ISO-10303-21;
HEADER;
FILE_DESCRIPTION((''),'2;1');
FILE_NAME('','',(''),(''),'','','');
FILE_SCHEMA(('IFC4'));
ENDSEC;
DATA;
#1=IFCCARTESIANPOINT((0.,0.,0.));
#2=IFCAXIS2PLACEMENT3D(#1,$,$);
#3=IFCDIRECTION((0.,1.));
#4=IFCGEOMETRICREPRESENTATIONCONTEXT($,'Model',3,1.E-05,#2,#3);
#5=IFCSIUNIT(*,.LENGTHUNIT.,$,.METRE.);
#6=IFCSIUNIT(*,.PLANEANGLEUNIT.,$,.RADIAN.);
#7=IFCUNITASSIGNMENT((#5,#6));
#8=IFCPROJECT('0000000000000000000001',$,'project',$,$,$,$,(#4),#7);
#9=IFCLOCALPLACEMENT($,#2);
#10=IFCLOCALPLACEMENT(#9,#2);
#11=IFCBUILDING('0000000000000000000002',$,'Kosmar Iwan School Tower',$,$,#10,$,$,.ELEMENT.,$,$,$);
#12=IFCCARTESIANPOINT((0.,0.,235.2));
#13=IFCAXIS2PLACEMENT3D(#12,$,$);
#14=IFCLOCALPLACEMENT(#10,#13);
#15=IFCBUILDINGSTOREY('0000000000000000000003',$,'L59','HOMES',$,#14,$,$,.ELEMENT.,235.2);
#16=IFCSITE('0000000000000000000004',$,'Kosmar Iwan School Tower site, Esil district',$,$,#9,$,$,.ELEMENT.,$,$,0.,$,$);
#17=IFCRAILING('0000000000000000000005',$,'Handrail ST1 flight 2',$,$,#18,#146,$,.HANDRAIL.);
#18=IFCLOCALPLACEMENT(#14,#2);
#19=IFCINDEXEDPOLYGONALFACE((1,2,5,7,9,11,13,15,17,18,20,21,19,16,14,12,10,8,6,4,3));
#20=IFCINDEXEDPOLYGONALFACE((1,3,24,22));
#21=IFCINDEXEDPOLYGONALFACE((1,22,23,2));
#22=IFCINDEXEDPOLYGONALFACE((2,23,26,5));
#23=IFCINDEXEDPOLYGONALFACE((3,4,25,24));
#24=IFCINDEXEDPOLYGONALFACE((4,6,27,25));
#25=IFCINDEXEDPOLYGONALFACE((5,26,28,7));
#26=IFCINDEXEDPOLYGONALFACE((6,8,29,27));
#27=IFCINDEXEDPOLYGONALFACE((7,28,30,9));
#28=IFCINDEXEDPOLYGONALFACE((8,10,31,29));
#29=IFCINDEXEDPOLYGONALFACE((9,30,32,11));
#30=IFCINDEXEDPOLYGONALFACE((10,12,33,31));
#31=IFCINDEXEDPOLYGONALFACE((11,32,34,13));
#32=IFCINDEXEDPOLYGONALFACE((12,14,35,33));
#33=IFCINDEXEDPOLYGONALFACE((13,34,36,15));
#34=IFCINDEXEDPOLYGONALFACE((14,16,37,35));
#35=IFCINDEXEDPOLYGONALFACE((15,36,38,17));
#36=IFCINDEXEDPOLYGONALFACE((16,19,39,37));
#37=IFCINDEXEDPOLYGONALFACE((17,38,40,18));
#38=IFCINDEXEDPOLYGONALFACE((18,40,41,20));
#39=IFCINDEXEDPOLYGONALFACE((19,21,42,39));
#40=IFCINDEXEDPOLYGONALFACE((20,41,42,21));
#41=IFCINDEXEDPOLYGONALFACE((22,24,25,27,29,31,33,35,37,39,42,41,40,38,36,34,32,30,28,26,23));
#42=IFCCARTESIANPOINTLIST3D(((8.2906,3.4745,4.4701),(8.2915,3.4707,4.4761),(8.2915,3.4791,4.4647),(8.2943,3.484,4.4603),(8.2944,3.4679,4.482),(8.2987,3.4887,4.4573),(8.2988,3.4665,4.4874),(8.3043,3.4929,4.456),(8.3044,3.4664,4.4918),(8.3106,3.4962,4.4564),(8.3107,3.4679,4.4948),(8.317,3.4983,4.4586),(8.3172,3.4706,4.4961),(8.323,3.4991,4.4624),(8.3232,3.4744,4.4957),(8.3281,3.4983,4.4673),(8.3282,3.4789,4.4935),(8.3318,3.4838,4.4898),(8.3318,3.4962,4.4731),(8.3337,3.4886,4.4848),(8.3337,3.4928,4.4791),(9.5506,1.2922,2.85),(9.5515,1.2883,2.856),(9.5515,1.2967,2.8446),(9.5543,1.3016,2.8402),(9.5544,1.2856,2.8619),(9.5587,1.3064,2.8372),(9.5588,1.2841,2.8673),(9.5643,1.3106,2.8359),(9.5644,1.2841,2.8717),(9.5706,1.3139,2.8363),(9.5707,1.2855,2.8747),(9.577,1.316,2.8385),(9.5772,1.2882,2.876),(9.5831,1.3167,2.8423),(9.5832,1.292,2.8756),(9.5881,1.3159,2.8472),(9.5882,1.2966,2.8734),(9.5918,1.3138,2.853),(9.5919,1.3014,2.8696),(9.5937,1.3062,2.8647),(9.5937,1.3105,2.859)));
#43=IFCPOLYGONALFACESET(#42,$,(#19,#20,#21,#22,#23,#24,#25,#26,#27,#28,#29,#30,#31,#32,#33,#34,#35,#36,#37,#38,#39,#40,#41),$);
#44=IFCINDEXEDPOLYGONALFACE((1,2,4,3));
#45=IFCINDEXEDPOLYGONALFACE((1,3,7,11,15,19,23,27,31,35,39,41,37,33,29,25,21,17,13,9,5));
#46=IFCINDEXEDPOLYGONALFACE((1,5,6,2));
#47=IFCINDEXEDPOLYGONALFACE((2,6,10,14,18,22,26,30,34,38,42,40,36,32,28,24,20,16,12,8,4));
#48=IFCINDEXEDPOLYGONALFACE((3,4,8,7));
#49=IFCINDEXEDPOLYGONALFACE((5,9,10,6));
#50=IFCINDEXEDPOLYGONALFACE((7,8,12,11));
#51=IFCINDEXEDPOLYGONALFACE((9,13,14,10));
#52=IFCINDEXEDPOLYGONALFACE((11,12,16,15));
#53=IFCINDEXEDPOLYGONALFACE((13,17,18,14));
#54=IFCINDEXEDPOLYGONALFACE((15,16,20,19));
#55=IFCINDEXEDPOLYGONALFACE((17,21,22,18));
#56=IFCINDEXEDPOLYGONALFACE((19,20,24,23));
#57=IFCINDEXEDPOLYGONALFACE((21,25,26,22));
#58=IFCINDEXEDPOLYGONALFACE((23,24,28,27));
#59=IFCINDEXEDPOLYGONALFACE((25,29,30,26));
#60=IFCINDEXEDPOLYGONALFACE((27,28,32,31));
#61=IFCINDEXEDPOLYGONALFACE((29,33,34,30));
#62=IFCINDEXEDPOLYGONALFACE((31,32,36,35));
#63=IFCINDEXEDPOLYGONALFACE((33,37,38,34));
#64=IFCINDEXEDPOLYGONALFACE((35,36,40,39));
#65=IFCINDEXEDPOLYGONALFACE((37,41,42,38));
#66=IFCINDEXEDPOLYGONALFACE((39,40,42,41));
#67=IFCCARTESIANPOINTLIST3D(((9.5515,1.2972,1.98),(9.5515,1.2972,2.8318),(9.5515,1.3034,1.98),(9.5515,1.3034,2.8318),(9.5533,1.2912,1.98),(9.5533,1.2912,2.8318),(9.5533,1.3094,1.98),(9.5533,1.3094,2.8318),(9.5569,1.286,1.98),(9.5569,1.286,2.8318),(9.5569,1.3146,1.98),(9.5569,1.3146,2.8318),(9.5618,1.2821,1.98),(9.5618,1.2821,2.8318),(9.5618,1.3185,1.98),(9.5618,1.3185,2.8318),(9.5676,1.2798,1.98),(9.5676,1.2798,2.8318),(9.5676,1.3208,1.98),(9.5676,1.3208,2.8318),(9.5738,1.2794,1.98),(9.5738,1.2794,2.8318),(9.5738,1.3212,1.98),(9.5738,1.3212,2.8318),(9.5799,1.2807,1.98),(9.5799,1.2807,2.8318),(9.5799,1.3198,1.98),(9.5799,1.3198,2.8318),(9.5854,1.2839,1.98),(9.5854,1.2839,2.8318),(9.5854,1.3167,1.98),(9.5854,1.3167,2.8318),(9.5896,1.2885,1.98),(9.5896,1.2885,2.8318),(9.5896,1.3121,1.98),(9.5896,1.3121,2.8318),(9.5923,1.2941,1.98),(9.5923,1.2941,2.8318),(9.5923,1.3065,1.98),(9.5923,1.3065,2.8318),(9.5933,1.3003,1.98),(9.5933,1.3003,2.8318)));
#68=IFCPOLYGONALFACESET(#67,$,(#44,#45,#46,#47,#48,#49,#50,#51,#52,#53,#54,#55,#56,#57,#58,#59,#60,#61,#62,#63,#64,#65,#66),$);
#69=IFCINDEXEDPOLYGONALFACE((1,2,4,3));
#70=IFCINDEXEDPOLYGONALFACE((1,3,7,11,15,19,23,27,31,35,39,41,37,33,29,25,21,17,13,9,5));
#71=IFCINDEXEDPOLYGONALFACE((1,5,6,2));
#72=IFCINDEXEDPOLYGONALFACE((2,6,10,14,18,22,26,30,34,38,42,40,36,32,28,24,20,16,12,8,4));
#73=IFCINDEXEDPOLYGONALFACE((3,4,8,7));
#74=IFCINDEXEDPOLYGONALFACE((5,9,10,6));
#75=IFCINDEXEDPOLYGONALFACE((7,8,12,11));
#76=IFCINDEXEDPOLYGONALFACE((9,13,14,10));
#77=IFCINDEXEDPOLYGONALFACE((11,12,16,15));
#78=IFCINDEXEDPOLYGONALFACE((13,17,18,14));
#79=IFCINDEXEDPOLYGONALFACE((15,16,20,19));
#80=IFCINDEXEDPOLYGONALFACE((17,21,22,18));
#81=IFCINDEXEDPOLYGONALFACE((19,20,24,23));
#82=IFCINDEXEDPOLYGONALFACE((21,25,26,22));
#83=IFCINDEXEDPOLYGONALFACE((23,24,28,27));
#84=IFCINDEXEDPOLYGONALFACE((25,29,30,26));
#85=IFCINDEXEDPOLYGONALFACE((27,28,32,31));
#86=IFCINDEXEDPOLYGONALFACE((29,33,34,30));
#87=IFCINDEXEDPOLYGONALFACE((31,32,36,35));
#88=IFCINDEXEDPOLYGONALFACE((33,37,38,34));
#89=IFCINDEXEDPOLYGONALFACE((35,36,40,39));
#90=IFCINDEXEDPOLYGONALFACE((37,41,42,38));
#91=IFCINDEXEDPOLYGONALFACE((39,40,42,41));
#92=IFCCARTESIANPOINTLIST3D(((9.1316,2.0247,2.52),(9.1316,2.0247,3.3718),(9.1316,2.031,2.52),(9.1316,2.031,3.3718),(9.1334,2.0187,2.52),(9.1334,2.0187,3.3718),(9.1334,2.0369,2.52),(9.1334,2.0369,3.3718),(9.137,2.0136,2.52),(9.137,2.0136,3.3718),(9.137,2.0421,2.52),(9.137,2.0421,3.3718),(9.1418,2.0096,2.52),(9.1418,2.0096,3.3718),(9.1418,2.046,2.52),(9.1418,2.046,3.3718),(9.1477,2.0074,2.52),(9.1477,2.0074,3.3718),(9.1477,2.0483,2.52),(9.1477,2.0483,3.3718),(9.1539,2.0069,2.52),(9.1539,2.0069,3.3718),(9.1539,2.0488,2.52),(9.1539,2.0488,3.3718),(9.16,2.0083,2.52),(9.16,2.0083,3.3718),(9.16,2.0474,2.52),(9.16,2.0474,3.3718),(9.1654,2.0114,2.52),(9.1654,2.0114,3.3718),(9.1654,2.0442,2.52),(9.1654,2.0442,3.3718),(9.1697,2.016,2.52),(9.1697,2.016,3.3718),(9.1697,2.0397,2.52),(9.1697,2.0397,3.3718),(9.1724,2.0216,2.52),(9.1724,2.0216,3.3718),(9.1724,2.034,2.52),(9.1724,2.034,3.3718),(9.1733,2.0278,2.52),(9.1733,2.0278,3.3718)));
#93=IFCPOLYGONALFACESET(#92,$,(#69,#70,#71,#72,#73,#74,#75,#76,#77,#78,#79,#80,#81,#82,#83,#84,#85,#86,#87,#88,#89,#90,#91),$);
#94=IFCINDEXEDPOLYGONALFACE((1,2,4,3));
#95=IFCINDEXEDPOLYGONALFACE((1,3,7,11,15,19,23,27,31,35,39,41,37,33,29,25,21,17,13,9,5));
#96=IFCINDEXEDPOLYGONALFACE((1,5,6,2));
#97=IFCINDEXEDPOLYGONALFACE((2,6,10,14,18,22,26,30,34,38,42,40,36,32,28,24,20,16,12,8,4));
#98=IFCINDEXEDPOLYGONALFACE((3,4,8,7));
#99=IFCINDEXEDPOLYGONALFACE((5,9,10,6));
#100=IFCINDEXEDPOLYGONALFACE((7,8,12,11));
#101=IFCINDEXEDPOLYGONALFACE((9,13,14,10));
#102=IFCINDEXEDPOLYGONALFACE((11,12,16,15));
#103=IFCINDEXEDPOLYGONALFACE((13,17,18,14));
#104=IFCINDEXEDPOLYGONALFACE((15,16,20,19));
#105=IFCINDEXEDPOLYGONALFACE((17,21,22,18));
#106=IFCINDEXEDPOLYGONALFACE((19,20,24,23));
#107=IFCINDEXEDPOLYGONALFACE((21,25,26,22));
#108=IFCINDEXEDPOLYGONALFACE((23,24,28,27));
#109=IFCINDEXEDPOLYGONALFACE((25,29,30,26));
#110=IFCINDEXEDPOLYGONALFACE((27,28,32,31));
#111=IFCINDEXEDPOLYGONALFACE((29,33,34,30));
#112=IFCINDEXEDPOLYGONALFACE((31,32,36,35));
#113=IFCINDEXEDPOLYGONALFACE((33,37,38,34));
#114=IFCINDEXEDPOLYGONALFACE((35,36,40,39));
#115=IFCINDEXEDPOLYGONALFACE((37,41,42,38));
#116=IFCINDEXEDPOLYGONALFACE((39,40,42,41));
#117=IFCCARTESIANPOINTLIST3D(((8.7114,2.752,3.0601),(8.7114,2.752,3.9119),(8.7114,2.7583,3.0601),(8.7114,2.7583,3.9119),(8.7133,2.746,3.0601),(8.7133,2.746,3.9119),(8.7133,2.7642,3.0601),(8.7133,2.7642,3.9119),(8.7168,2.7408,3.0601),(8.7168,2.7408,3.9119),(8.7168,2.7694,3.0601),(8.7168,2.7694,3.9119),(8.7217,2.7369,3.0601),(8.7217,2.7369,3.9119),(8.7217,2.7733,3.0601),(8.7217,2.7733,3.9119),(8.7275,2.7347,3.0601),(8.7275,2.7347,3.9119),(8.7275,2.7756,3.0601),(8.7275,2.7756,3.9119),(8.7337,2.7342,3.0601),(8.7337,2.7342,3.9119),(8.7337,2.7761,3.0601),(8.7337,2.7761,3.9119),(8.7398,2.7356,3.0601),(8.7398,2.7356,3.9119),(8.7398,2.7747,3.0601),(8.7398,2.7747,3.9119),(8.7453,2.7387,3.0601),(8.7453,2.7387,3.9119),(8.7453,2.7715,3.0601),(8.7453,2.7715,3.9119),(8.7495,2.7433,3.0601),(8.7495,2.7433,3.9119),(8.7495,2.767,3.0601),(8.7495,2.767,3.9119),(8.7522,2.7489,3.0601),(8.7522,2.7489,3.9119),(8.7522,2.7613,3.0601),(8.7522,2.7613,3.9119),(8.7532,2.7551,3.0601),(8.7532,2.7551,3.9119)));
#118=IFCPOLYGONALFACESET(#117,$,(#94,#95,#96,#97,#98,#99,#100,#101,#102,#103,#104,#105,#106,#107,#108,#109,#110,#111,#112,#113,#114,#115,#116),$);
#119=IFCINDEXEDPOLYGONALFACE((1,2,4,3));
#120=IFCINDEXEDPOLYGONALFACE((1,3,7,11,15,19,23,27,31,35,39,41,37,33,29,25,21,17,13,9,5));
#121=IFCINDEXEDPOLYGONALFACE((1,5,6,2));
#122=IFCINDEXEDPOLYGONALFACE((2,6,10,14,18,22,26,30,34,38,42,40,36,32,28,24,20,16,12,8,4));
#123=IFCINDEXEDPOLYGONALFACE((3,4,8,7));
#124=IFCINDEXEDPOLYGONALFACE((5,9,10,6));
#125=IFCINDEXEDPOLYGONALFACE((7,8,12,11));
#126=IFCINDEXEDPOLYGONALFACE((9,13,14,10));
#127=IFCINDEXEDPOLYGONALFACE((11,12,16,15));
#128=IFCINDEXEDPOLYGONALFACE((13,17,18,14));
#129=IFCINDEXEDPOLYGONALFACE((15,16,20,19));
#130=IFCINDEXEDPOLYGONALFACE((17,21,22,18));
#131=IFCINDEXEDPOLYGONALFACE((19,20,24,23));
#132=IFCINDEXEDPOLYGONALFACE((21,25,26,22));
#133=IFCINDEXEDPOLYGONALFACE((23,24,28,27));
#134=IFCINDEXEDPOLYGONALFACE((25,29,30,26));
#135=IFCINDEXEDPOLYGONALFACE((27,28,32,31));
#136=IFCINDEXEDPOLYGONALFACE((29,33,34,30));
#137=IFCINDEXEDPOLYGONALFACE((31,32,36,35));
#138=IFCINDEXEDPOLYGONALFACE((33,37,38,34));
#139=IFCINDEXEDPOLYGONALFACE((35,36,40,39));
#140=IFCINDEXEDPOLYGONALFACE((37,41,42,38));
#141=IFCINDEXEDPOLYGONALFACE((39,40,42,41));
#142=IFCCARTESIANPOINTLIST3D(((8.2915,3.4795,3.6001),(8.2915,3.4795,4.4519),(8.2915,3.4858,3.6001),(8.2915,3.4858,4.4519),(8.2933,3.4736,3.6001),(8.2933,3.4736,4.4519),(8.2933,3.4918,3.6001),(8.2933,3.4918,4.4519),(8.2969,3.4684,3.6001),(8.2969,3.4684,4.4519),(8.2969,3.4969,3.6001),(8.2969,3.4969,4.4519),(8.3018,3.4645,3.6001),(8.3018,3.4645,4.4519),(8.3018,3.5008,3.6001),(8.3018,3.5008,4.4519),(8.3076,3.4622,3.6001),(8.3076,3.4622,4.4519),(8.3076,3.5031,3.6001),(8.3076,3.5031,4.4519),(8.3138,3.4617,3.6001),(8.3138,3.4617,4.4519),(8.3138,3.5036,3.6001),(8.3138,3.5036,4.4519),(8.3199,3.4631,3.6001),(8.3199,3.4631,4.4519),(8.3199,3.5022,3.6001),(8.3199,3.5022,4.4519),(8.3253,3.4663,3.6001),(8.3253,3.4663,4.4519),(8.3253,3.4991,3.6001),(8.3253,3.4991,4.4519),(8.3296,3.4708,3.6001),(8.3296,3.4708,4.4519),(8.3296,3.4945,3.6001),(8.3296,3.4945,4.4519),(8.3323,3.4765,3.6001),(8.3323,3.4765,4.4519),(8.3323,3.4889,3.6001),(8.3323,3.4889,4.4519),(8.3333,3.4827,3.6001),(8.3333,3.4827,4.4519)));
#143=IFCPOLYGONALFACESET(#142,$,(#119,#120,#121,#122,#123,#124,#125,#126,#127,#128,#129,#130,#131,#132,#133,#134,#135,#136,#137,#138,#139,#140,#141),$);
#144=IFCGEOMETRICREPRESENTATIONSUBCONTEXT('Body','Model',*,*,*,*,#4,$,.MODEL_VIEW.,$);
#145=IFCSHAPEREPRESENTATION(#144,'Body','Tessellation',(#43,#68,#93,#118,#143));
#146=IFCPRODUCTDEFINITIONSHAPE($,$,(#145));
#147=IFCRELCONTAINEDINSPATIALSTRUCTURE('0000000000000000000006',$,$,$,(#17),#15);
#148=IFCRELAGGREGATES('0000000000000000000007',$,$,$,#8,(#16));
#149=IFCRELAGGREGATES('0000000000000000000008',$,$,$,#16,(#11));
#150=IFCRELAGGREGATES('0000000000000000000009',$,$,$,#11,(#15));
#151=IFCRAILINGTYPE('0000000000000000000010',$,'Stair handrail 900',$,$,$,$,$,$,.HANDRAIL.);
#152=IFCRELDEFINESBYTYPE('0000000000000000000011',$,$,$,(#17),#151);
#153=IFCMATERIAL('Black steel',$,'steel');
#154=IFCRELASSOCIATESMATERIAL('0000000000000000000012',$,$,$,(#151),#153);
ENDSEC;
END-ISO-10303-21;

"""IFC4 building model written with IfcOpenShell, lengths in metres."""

from ifc_helpers import new_model, si_unit, direction, frame, origin, origin_2d, place, context, subcontext, project, spatial, circle, extrude, material, type_object, element, save


model = new_model("IFC4")

# Units and contexts
model_context = context("Model", 3, precision=1e-05, world=origin(), true_north=direction((0.0, 1.0)))
body_context = subcontext(model_context, "Body", "Model", "MODEL_VIEW")
ifc_project = project(units=[si_unit("LENGTHUNIT", "METRE"), si_unit("PLANEANGLEUNIT", "RADIAN")], contexts=[model_context])

# Site, building, storey
site_placement = place(None, origin())
site = spatial("IfcSite", under=ifc_project, at=site_placement, Name="Kosmar Iwan School Tower site, Esil district", CompositionType="ELEMENT", RefElevation=0.0)
building_placement = place(site_placement, origin())
building = spatial("IfcBuilding", under=site, at=building_placement, Name="Kosmar Iwan School Tower", CompositionType="ELEMENT")
storey_placement = place(building_placement, frame((0.0, 0.0, 235.2)))
storey = spatial("IfcBuildingStorey", under=building, at=storey_placement, Name="L59", Description="HOMES", CompositionType="ELEMENT", Elevation=235.2)

# Railing
ifc_material_1 = material(Name="Black steel", Category="steel")
railing_type = type_object("IfcRailingType", Name="Stair handrail 900", PredefinedType="HANDRAIL", material=ifc_material_1)
railing_placement = place(storey_placement, frame((9.5723, 1.3003, 1.98)))
element("IfcRailing", 1, at=railing_placement, inside=storey, type_object=railing_type, Name="Handrail ST1 flight 2", PredefinedType="HANDRAIL", context=body_context, shape_type="SweptSolid", body=[
    extrude(circle(Radius=0.0239, at=origin_2d()), frame((0.0, 0.0, 0.876), z_axis=(-0.420584, 0.728464, 0.540786), x_axis=(-0.866023, -0.500005, 0.0)), (0.0, 0.0, 1.0), 2.9958),
    extrude(circle(Radius=0.021, at=origin_2d()), origin(), (0.0, 0.0, 1.0), 0.8518),
    extrude(circle(Radius=0.021, at=origin_2d()), frame((-0.4199, 0.7275, 0.54)), (0.0, 0.0, 1.0), 0.8518),
    extrude(circle(Radius=0.021, at=origin_2d()), frame((-0.8401, 1.4548, 1.0801)), (0.0, 0.0, 1.0), 0.8518),
    extrude(circle(Radius=0.021, at=origin_2d()), frame((-1.26, 2.1824, 1.6201)), (0.0, 0.0, 1.0), 0.8518),
])

save(model, "model.ifc")
